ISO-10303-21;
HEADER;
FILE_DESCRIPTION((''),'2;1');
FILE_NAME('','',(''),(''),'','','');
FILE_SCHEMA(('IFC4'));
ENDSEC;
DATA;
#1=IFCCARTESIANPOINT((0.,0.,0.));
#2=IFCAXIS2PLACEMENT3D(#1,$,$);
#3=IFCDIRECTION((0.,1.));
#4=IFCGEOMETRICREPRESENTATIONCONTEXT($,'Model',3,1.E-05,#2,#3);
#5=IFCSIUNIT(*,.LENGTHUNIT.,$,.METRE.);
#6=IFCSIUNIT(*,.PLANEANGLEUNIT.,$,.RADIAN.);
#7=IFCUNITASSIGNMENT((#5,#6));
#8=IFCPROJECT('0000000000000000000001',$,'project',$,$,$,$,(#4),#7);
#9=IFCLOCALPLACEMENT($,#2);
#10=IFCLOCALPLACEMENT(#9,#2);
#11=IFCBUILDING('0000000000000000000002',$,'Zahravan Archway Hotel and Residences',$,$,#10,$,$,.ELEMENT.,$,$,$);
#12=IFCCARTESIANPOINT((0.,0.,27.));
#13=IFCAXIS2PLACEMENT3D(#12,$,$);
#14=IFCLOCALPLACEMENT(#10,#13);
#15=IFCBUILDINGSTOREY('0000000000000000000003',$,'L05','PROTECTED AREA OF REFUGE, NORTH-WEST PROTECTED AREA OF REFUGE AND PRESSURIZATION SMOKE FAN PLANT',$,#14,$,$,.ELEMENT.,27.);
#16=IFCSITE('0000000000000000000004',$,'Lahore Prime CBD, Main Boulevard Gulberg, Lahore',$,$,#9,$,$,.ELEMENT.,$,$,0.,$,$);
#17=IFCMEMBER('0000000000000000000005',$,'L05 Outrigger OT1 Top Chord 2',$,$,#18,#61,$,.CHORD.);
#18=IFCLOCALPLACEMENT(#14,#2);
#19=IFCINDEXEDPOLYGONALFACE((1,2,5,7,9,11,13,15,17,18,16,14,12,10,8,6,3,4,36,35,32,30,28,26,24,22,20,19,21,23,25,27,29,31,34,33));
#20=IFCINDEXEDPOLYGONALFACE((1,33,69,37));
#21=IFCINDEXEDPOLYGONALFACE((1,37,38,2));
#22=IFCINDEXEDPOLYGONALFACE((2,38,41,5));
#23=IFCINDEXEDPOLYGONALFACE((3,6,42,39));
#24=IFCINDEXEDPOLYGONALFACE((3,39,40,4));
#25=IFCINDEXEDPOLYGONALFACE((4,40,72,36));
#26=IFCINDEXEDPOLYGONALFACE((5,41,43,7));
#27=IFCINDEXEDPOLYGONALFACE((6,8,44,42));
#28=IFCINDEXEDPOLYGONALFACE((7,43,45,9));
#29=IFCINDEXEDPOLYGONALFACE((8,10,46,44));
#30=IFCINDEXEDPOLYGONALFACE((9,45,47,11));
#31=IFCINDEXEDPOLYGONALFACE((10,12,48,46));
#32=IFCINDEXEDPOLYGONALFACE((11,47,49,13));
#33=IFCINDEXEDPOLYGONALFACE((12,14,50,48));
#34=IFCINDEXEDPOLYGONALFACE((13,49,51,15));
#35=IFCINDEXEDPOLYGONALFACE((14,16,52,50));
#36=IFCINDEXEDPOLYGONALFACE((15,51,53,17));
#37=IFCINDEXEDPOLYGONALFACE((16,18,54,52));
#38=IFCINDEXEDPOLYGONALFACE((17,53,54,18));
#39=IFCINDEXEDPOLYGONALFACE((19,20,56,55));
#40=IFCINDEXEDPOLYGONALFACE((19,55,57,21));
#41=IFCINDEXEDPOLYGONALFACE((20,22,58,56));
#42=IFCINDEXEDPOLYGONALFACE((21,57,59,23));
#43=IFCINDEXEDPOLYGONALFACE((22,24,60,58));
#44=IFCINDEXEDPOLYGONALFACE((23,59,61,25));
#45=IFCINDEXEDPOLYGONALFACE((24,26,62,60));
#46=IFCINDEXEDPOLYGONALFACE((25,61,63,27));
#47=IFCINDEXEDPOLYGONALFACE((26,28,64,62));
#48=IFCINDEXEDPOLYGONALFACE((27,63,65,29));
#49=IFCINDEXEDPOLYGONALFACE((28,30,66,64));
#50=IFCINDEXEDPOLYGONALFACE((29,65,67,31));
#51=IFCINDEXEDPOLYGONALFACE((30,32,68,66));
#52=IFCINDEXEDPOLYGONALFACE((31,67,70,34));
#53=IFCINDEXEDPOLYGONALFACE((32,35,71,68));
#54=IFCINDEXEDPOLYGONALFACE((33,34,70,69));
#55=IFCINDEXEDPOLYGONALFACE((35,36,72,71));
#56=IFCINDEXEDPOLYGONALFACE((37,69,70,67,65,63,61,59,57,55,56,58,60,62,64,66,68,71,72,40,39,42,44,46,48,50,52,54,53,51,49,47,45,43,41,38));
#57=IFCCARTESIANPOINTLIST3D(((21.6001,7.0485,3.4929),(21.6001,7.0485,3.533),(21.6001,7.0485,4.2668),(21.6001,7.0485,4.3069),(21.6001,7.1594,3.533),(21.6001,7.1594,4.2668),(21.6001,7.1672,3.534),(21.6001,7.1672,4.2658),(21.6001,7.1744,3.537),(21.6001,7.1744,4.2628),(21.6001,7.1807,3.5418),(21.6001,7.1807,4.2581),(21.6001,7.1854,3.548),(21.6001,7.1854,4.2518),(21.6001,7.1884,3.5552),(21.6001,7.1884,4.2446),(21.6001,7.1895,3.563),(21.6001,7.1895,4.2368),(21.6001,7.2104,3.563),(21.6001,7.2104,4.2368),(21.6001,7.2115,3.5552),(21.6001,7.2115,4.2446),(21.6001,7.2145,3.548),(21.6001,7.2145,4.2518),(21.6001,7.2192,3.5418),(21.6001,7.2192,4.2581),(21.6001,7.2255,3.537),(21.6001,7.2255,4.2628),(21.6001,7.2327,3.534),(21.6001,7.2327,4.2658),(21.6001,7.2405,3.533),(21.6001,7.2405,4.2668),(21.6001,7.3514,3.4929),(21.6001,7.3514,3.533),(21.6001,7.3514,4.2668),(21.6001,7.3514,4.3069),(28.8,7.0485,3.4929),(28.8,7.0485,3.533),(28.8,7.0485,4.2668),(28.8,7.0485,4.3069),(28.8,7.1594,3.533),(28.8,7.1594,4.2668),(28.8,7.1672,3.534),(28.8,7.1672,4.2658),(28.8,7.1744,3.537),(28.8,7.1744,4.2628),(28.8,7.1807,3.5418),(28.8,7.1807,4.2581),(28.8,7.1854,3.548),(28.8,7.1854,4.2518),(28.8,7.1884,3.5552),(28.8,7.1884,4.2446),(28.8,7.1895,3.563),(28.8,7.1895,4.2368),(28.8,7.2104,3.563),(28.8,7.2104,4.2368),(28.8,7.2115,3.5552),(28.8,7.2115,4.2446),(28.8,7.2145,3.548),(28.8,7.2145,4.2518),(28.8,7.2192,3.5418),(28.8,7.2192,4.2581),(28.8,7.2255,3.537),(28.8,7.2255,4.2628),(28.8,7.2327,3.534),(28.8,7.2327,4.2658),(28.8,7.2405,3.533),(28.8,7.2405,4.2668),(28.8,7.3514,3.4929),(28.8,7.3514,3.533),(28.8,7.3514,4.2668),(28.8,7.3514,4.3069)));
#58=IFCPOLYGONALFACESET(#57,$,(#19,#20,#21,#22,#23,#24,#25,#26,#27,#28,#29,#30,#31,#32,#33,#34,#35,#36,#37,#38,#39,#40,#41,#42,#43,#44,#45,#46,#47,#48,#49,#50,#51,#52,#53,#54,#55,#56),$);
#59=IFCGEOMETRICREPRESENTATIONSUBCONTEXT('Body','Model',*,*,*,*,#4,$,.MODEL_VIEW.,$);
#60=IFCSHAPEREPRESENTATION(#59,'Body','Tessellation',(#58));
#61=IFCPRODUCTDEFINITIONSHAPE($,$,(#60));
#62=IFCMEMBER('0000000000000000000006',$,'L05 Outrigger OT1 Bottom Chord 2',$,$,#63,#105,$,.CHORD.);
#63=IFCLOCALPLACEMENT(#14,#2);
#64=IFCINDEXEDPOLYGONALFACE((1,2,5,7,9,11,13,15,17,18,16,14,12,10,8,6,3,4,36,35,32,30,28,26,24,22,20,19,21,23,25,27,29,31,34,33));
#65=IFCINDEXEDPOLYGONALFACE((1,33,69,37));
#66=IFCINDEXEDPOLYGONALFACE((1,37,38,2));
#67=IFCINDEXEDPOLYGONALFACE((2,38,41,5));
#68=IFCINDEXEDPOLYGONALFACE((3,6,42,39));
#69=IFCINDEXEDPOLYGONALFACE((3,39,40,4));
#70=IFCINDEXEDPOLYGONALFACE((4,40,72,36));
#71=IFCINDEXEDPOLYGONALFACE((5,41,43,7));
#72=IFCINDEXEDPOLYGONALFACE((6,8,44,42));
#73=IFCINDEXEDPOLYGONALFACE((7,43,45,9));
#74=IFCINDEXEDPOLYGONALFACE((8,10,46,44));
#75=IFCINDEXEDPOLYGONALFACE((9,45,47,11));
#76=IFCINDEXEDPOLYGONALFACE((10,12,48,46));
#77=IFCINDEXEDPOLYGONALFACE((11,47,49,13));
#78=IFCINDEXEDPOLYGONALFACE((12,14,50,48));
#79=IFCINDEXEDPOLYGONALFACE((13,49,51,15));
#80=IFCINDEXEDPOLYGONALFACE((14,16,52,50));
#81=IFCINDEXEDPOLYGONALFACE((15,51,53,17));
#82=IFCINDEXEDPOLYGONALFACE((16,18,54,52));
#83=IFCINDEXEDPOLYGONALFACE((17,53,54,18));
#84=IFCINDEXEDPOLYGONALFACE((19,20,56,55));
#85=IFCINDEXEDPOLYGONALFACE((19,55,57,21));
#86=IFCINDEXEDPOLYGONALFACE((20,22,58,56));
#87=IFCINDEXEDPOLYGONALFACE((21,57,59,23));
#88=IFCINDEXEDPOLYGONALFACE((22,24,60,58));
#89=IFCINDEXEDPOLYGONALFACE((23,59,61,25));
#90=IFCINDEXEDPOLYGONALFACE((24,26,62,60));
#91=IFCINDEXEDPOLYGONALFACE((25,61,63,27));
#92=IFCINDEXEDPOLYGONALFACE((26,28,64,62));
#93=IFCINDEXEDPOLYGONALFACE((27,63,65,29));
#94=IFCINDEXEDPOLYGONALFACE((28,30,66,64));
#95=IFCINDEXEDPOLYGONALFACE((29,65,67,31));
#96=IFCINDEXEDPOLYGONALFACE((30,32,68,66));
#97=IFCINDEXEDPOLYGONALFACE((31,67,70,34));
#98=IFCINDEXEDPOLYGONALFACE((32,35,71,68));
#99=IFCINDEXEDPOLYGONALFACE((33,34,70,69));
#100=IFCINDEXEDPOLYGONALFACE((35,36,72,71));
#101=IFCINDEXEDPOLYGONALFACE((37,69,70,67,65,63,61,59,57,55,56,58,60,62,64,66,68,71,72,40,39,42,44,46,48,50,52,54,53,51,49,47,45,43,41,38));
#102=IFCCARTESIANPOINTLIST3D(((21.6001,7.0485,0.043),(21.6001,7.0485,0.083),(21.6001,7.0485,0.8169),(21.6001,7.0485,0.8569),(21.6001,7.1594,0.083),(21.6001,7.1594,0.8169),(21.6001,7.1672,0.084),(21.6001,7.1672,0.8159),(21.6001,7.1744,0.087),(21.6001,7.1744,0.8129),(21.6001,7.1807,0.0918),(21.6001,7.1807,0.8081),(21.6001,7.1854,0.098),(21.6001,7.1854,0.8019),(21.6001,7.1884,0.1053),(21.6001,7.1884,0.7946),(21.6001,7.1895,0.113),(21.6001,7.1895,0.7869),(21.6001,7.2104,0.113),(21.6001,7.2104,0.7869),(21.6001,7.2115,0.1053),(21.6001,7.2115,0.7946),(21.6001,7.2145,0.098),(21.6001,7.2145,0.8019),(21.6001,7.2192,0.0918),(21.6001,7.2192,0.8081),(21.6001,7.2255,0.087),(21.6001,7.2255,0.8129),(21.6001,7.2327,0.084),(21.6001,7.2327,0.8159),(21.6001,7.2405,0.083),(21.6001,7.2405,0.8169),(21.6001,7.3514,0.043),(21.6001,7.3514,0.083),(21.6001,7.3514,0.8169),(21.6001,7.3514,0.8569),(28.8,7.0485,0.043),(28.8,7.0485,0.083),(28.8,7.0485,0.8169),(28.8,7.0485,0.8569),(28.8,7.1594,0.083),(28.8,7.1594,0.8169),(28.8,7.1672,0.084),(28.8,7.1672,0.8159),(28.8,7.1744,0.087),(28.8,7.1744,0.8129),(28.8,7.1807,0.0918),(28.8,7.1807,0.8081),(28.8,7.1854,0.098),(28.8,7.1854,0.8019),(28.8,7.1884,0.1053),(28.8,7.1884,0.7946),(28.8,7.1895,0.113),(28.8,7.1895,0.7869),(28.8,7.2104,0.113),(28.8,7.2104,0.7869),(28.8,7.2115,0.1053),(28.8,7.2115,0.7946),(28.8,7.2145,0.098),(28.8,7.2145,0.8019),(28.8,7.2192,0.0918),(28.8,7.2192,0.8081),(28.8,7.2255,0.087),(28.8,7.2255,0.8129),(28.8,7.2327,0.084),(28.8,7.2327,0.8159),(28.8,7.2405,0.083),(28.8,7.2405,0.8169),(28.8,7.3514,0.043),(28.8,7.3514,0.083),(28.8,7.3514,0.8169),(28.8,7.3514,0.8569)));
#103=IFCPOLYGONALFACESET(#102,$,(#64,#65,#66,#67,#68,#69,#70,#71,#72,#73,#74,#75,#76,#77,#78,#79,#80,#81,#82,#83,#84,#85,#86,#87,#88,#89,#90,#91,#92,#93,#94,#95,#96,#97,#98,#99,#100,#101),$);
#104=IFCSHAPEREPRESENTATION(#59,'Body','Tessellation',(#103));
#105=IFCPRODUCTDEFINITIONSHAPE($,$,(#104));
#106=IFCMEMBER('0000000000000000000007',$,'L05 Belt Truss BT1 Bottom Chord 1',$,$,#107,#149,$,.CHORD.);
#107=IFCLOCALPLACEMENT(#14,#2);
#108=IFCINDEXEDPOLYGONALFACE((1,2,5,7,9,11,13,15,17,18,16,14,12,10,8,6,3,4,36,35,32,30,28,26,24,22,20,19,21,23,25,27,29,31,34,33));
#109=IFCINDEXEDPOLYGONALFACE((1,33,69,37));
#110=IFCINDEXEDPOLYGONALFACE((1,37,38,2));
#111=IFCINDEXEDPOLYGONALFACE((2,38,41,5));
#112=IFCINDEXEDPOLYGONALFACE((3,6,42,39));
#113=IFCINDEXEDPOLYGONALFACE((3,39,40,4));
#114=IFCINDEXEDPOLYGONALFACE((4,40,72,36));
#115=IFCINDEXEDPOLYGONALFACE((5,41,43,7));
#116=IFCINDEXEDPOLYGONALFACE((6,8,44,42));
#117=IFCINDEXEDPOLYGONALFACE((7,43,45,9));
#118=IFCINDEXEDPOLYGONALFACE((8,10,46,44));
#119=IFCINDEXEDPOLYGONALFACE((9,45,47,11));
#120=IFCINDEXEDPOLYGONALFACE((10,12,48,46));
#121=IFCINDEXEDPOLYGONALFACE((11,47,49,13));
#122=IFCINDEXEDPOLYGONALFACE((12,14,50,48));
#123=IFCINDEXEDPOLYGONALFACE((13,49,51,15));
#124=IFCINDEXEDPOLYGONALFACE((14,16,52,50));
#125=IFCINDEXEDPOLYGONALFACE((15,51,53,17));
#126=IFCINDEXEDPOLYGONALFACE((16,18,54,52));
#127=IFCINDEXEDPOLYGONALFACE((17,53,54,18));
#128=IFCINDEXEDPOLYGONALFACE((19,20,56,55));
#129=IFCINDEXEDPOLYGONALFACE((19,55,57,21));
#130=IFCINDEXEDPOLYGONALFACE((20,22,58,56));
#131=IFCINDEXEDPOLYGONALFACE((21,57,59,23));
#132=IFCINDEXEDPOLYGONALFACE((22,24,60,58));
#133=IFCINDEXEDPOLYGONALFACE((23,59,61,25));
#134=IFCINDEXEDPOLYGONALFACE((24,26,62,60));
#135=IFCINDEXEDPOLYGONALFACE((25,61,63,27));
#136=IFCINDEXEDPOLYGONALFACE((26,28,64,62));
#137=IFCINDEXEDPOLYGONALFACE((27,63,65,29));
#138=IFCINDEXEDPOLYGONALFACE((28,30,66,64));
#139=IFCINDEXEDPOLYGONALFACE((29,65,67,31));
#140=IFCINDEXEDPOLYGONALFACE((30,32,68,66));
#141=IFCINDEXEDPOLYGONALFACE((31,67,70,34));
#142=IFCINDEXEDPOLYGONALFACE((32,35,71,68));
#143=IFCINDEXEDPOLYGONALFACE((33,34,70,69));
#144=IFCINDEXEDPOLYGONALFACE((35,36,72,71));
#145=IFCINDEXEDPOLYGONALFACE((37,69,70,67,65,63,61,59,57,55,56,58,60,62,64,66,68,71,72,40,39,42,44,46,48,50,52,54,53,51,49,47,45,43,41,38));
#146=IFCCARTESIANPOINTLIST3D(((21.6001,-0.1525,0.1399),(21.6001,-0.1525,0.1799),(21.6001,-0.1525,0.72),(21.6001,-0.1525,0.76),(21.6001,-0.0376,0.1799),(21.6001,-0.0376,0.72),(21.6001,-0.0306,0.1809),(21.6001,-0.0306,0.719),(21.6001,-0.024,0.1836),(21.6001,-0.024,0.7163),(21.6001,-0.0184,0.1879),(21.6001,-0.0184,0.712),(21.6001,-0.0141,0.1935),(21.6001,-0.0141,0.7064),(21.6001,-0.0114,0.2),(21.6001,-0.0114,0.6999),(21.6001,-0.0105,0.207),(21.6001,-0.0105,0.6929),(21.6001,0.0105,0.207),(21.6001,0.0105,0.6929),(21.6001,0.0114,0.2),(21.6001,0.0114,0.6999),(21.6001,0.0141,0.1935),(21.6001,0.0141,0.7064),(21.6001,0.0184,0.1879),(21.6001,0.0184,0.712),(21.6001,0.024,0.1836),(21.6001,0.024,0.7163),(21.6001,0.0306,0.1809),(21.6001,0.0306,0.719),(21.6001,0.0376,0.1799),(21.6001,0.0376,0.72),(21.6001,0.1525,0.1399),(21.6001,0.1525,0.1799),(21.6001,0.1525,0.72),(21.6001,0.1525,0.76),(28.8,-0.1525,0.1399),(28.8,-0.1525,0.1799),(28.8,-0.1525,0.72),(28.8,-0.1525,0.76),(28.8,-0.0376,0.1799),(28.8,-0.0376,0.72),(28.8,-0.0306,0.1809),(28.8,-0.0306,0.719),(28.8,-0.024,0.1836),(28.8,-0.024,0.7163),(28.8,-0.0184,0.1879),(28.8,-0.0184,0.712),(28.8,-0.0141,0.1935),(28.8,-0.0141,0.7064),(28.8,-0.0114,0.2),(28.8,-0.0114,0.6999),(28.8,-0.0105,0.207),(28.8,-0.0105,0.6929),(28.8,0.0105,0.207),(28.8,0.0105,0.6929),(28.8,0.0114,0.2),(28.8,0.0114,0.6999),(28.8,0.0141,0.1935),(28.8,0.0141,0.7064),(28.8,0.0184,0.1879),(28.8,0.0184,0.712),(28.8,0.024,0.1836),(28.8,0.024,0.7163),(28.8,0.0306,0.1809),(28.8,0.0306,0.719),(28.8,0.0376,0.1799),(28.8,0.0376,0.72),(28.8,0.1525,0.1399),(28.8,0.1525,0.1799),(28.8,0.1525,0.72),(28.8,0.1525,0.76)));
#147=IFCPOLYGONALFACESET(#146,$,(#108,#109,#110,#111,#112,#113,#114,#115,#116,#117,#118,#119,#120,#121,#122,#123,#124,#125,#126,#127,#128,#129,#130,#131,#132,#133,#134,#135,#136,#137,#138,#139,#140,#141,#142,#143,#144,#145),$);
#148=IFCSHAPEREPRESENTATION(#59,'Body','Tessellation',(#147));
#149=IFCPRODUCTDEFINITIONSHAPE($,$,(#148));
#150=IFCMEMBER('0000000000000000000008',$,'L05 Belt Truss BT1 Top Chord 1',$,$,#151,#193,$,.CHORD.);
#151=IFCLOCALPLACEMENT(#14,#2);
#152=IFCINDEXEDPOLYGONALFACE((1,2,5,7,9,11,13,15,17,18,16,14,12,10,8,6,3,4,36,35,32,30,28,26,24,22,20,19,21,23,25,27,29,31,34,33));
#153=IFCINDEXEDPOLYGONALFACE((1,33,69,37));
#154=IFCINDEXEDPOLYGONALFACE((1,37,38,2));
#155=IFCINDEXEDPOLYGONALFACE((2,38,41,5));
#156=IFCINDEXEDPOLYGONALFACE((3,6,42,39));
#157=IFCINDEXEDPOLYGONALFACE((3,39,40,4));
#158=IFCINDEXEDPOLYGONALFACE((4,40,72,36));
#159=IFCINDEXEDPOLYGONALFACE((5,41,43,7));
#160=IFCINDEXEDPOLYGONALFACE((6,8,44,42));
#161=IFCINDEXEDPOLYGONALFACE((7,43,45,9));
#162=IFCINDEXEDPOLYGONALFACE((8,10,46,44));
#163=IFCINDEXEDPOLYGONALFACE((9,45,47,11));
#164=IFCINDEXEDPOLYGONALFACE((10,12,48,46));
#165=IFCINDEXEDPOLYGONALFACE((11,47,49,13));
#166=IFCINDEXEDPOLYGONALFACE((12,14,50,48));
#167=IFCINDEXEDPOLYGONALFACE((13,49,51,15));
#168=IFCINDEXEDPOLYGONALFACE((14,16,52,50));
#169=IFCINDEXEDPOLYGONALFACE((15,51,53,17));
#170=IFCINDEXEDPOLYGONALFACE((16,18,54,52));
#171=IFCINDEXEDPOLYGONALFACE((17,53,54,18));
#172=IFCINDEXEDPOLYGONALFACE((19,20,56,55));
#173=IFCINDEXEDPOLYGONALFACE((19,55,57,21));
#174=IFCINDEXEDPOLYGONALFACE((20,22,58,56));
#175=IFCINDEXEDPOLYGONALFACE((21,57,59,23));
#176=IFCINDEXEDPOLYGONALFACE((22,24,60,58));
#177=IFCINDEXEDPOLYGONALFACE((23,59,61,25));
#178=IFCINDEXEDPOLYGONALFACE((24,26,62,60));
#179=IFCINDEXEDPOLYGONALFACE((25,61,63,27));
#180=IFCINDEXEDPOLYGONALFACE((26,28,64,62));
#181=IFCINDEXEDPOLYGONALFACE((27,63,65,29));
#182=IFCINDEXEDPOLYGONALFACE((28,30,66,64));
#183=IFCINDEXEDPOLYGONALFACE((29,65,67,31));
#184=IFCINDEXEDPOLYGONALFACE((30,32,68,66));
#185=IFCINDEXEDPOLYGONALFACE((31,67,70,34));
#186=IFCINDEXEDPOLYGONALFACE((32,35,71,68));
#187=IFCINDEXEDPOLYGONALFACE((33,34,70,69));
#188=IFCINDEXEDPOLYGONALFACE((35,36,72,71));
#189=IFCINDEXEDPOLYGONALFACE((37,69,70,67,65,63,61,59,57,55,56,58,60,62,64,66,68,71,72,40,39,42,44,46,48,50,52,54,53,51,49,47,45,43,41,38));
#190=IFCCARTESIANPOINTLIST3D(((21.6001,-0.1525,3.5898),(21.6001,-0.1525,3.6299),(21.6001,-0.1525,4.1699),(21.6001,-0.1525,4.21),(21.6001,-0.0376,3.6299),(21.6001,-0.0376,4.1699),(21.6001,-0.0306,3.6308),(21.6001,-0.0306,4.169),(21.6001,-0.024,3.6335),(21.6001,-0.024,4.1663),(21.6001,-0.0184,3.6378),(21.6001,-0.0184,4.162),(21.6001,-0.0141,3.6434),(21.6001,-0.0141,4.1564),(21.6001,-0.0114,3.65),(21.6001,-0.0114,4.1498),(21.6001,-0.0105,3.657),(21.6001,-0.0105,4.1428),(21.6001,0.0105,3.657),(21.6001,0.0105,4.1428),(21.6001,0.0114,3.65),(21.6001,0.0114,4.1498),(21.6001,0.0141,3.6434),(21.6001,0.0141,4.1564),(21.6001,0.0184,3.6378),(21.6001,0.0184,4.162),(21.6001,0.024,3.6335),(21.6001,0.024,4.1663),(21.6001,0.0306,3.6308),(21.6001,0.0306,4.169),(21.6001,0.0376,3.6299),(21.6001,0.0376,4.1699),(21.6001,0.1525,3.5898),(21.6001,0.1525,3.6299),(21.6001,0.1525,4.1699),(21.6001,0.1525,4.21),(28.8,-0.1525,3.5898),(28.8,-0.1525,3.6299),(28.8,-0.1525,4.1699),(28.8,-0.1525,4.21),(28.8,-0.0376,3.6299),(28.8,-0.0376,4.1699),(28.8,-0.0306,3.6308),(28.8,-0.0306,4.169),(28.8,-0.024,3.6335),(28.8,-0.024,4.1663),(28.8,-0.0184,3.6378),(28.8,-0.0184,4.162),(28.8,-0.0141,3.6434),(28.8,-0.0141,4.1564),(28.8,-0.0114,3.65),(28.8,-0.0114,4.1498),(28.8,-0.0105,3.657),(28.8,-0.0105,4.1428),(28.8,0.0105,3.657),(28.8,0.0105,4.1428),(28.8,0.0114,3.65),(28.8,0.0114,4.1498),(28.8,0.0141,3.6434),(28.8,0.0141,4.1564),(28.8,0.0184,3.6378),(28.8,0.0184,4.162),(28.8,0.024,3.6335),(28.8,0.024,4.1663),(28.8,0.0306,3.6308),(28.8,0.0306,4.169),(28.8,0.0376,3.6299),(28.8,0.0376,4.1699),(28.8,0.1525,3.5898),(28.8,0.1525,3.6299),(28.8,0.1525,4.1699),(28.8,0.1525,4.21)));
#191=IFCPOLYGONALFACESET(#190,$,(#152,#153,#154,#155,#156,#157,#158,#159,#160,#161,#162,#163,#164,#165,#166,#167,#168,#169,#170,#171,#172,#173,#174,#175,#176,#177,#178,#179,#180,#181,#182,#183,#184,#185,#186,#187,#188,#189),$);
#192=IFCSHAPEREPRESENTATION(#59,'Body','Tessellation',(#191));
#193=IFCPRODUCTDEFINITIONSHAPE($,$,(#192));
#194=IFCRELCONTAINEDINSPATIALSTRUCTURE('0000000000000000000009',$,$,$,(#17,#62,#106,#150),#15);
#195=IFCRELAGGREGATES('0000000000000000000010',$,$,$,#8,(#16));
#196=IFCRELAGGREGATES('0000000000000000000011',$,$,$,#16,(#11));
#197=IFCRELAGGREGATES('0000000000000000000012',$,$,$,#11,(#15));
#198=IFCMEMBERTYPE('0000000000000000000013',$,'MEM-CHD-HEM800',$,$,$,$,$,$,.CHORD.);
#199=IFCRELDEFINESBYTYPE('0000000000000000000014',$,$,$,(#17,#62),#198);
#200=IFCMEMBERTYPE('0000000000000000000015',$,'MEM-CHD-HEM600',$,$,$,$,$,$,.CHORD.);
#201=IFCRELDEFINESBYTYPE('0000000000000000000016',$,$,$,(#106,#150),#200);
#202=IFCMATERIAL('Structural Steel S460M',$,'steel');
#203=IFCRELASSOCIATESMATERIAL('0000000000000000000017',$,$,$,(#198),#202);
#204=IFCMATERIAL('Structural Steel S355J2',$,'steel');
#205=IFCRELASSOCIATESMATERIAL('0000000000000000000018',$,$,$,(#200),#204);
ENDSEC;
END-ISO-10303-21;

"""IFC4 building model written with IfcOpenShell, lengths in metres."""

from ifc_helpers import new_model, si_unit, direction, frame, origin, origin_2d, place, context, subcontext, project, spatial, i_section, extrude, source, transform, mapped, material, material_profile, profile_set, type_object, type_shapes, element, save


model = new_model("IFC4")

# Units and contexts
model_context = context("Model", 3, precision=1e-05, world=origin(), true_north=direction((0.0, 1.0)))
body_context = subcontext(model_context, "Body", "Model", "MODEL_VIEW")
ifc_project = project(units=[si_unit("LENGTHUNIT", "METRE"), si_unit("PLANEANGLEUNIT", "RADIAN")], contexts=[model_context])

# Site, building, storey
site_placement = place(None, origin())
site = spatial("IfcSite", under=ifc_project, at=site_placement, Name="Lahore Prime CBD, Main Boulevard Gulberg, Lahore", CompositionType="ELEMENT", RefElevation=0.0)
building_placement = place(site_placement, origin())
building = spatial("IfcBuilding", under=site, at=building_placement, Name="Zahravan Archway Hotel and Residences", CompositionType="ELEMENT")
storey_placement = place(building_placement, frame((0.0, 0.0, 27.0)))
storey = spatial("IfcBuildingStorey", under=building, at=storey_placement, Name="L05", Description="PROTECTED AREA OF REFUGE, NORTH-WEST PROTECTED AREA OF REFUGE AND PRESSURIZATION SMOKE FAN PLANT", CompositionType="ELEMENT", Elevation=27.0)

# Shared definitions
ifc_material_1 = material(Name="Structural Steel S460M", Category="steel")

# Members
ifc_material_profile_1 = material_profile(ifc_material_1, i_section(OverallWidth=0.303, OverallDepth=0.814, WebThickness=0.021, FlangeThickness=0.04, FilletRadius=0.03, at=origin_2d()), Name="HEM 800", Category="steel")
ifc_profile_set_1 = profile_set([ifc_material_profile_1], Name="Structural Steel S460M")
member_type_1 = type_object("IfcMemberType", Name="MEM-CHD-HEM800", PredefinedType="CHORD", material=ifc_profile_set_1)
shared_shape_1 = source(origin(), body_context, "Body", "SweptSolid", [
    extrude(i_section(OverallWidth=0.303, OverallDepth=0.814, WebThickness=0.021, FlangeThickness=0.04, FilletRadius=0.03, at=origin_2d()), origin(), (0.0, 0.0, 1.0), 7.2),
])
for number, where, z_axis, x_axis, name in (
    (1, (21.6001, 7.2, 3.8999), (1.0, 0.0, 0.0), (0.0, 1.0, 0.0), "L05 Outrigger OT1 Top Chord 2"),
    (2, (21.6001, 7.2, 0.45), (1.0, 0.0, 0.0), (0.0, 1.0, 0.0), "L05 Outrigger OT1 Bottom Chord 2"),
):
    element("IfcMember", number, at=place(storey_placement, frame(where, z_axis=z_axis, x_axis=x_axis)), inside=storey, type_object=member_type_1, Name=name, PredefinedType="CHORD", context=body_context, shape_type="MappedRepresentation", body=[
        mapped(shared_shape_1, transform((0.0, 0.0, 0.0), scale=1.0)),
    ])
ifc_material_2 = material(Name="Structural Steel S355J2", Category="steel")
ifc_material_profile_2 = material_profile(ifc_material_2, i_section(OverallWidth=0.3049, OverallDepth=0.6201, WebThickness=0.021, FlangeThickness=0.04, FilletRadius=0.0271, at=origin_2d()), Name="HEM 600", Category="steel")
ifc_profile_set_2 = profile_set([ifc_material_profile_2], Name="Structural Steel S355J2")
member_type_2 = type_object("IfcMemberType", Name="MEM-CHD-HEM600", PredefinedType="CHORD", material=ifc_profile_set_2)
shared_shape_2 = source(origin(), body_context, "Body", "SweptSolid", [
    extrude(i_section(OverallWidth=0.3049, OverallDepth=0.6201, WebThickness=0.021, FlangeThickness=0.04, FilletRadius=0.0271, at=origin_2d()), origin(), (0.0, 0.0, 1.0), 7.2),
])
type_shapes(member_type_2, [shared_shape_2])
for number, where, z_axis, x_axis, name in (
    (3, (21.6001, 0.0, 0.45), (1.0, 0.0, 0.0), (0.0, 1.0, 0.0), "L05 Belt Truss BT1 Bottom Chord 1"),
    (4, (21.6001, 0.0, 3.8999), (1.0, 0.0, 0.0), (0.0, 1.0, 0.0), "L05 Belt Truss BT1 Top Chord 1"),
):
    element("IfcMember", number, at=place(storey_placement, frame(where, z_axis=z_axis, x_axis=x_axis)), inside=storey, type_object=member_type_2, Name=name, PredefinedType="CHORD", context=body_context, shape_type="MappedRepresentation", body=[
        mapped(shared_shape_2, transform((0.0, 0.0, 0.0), scale=1.0)),
    ])

save(model, "model.ifc")
